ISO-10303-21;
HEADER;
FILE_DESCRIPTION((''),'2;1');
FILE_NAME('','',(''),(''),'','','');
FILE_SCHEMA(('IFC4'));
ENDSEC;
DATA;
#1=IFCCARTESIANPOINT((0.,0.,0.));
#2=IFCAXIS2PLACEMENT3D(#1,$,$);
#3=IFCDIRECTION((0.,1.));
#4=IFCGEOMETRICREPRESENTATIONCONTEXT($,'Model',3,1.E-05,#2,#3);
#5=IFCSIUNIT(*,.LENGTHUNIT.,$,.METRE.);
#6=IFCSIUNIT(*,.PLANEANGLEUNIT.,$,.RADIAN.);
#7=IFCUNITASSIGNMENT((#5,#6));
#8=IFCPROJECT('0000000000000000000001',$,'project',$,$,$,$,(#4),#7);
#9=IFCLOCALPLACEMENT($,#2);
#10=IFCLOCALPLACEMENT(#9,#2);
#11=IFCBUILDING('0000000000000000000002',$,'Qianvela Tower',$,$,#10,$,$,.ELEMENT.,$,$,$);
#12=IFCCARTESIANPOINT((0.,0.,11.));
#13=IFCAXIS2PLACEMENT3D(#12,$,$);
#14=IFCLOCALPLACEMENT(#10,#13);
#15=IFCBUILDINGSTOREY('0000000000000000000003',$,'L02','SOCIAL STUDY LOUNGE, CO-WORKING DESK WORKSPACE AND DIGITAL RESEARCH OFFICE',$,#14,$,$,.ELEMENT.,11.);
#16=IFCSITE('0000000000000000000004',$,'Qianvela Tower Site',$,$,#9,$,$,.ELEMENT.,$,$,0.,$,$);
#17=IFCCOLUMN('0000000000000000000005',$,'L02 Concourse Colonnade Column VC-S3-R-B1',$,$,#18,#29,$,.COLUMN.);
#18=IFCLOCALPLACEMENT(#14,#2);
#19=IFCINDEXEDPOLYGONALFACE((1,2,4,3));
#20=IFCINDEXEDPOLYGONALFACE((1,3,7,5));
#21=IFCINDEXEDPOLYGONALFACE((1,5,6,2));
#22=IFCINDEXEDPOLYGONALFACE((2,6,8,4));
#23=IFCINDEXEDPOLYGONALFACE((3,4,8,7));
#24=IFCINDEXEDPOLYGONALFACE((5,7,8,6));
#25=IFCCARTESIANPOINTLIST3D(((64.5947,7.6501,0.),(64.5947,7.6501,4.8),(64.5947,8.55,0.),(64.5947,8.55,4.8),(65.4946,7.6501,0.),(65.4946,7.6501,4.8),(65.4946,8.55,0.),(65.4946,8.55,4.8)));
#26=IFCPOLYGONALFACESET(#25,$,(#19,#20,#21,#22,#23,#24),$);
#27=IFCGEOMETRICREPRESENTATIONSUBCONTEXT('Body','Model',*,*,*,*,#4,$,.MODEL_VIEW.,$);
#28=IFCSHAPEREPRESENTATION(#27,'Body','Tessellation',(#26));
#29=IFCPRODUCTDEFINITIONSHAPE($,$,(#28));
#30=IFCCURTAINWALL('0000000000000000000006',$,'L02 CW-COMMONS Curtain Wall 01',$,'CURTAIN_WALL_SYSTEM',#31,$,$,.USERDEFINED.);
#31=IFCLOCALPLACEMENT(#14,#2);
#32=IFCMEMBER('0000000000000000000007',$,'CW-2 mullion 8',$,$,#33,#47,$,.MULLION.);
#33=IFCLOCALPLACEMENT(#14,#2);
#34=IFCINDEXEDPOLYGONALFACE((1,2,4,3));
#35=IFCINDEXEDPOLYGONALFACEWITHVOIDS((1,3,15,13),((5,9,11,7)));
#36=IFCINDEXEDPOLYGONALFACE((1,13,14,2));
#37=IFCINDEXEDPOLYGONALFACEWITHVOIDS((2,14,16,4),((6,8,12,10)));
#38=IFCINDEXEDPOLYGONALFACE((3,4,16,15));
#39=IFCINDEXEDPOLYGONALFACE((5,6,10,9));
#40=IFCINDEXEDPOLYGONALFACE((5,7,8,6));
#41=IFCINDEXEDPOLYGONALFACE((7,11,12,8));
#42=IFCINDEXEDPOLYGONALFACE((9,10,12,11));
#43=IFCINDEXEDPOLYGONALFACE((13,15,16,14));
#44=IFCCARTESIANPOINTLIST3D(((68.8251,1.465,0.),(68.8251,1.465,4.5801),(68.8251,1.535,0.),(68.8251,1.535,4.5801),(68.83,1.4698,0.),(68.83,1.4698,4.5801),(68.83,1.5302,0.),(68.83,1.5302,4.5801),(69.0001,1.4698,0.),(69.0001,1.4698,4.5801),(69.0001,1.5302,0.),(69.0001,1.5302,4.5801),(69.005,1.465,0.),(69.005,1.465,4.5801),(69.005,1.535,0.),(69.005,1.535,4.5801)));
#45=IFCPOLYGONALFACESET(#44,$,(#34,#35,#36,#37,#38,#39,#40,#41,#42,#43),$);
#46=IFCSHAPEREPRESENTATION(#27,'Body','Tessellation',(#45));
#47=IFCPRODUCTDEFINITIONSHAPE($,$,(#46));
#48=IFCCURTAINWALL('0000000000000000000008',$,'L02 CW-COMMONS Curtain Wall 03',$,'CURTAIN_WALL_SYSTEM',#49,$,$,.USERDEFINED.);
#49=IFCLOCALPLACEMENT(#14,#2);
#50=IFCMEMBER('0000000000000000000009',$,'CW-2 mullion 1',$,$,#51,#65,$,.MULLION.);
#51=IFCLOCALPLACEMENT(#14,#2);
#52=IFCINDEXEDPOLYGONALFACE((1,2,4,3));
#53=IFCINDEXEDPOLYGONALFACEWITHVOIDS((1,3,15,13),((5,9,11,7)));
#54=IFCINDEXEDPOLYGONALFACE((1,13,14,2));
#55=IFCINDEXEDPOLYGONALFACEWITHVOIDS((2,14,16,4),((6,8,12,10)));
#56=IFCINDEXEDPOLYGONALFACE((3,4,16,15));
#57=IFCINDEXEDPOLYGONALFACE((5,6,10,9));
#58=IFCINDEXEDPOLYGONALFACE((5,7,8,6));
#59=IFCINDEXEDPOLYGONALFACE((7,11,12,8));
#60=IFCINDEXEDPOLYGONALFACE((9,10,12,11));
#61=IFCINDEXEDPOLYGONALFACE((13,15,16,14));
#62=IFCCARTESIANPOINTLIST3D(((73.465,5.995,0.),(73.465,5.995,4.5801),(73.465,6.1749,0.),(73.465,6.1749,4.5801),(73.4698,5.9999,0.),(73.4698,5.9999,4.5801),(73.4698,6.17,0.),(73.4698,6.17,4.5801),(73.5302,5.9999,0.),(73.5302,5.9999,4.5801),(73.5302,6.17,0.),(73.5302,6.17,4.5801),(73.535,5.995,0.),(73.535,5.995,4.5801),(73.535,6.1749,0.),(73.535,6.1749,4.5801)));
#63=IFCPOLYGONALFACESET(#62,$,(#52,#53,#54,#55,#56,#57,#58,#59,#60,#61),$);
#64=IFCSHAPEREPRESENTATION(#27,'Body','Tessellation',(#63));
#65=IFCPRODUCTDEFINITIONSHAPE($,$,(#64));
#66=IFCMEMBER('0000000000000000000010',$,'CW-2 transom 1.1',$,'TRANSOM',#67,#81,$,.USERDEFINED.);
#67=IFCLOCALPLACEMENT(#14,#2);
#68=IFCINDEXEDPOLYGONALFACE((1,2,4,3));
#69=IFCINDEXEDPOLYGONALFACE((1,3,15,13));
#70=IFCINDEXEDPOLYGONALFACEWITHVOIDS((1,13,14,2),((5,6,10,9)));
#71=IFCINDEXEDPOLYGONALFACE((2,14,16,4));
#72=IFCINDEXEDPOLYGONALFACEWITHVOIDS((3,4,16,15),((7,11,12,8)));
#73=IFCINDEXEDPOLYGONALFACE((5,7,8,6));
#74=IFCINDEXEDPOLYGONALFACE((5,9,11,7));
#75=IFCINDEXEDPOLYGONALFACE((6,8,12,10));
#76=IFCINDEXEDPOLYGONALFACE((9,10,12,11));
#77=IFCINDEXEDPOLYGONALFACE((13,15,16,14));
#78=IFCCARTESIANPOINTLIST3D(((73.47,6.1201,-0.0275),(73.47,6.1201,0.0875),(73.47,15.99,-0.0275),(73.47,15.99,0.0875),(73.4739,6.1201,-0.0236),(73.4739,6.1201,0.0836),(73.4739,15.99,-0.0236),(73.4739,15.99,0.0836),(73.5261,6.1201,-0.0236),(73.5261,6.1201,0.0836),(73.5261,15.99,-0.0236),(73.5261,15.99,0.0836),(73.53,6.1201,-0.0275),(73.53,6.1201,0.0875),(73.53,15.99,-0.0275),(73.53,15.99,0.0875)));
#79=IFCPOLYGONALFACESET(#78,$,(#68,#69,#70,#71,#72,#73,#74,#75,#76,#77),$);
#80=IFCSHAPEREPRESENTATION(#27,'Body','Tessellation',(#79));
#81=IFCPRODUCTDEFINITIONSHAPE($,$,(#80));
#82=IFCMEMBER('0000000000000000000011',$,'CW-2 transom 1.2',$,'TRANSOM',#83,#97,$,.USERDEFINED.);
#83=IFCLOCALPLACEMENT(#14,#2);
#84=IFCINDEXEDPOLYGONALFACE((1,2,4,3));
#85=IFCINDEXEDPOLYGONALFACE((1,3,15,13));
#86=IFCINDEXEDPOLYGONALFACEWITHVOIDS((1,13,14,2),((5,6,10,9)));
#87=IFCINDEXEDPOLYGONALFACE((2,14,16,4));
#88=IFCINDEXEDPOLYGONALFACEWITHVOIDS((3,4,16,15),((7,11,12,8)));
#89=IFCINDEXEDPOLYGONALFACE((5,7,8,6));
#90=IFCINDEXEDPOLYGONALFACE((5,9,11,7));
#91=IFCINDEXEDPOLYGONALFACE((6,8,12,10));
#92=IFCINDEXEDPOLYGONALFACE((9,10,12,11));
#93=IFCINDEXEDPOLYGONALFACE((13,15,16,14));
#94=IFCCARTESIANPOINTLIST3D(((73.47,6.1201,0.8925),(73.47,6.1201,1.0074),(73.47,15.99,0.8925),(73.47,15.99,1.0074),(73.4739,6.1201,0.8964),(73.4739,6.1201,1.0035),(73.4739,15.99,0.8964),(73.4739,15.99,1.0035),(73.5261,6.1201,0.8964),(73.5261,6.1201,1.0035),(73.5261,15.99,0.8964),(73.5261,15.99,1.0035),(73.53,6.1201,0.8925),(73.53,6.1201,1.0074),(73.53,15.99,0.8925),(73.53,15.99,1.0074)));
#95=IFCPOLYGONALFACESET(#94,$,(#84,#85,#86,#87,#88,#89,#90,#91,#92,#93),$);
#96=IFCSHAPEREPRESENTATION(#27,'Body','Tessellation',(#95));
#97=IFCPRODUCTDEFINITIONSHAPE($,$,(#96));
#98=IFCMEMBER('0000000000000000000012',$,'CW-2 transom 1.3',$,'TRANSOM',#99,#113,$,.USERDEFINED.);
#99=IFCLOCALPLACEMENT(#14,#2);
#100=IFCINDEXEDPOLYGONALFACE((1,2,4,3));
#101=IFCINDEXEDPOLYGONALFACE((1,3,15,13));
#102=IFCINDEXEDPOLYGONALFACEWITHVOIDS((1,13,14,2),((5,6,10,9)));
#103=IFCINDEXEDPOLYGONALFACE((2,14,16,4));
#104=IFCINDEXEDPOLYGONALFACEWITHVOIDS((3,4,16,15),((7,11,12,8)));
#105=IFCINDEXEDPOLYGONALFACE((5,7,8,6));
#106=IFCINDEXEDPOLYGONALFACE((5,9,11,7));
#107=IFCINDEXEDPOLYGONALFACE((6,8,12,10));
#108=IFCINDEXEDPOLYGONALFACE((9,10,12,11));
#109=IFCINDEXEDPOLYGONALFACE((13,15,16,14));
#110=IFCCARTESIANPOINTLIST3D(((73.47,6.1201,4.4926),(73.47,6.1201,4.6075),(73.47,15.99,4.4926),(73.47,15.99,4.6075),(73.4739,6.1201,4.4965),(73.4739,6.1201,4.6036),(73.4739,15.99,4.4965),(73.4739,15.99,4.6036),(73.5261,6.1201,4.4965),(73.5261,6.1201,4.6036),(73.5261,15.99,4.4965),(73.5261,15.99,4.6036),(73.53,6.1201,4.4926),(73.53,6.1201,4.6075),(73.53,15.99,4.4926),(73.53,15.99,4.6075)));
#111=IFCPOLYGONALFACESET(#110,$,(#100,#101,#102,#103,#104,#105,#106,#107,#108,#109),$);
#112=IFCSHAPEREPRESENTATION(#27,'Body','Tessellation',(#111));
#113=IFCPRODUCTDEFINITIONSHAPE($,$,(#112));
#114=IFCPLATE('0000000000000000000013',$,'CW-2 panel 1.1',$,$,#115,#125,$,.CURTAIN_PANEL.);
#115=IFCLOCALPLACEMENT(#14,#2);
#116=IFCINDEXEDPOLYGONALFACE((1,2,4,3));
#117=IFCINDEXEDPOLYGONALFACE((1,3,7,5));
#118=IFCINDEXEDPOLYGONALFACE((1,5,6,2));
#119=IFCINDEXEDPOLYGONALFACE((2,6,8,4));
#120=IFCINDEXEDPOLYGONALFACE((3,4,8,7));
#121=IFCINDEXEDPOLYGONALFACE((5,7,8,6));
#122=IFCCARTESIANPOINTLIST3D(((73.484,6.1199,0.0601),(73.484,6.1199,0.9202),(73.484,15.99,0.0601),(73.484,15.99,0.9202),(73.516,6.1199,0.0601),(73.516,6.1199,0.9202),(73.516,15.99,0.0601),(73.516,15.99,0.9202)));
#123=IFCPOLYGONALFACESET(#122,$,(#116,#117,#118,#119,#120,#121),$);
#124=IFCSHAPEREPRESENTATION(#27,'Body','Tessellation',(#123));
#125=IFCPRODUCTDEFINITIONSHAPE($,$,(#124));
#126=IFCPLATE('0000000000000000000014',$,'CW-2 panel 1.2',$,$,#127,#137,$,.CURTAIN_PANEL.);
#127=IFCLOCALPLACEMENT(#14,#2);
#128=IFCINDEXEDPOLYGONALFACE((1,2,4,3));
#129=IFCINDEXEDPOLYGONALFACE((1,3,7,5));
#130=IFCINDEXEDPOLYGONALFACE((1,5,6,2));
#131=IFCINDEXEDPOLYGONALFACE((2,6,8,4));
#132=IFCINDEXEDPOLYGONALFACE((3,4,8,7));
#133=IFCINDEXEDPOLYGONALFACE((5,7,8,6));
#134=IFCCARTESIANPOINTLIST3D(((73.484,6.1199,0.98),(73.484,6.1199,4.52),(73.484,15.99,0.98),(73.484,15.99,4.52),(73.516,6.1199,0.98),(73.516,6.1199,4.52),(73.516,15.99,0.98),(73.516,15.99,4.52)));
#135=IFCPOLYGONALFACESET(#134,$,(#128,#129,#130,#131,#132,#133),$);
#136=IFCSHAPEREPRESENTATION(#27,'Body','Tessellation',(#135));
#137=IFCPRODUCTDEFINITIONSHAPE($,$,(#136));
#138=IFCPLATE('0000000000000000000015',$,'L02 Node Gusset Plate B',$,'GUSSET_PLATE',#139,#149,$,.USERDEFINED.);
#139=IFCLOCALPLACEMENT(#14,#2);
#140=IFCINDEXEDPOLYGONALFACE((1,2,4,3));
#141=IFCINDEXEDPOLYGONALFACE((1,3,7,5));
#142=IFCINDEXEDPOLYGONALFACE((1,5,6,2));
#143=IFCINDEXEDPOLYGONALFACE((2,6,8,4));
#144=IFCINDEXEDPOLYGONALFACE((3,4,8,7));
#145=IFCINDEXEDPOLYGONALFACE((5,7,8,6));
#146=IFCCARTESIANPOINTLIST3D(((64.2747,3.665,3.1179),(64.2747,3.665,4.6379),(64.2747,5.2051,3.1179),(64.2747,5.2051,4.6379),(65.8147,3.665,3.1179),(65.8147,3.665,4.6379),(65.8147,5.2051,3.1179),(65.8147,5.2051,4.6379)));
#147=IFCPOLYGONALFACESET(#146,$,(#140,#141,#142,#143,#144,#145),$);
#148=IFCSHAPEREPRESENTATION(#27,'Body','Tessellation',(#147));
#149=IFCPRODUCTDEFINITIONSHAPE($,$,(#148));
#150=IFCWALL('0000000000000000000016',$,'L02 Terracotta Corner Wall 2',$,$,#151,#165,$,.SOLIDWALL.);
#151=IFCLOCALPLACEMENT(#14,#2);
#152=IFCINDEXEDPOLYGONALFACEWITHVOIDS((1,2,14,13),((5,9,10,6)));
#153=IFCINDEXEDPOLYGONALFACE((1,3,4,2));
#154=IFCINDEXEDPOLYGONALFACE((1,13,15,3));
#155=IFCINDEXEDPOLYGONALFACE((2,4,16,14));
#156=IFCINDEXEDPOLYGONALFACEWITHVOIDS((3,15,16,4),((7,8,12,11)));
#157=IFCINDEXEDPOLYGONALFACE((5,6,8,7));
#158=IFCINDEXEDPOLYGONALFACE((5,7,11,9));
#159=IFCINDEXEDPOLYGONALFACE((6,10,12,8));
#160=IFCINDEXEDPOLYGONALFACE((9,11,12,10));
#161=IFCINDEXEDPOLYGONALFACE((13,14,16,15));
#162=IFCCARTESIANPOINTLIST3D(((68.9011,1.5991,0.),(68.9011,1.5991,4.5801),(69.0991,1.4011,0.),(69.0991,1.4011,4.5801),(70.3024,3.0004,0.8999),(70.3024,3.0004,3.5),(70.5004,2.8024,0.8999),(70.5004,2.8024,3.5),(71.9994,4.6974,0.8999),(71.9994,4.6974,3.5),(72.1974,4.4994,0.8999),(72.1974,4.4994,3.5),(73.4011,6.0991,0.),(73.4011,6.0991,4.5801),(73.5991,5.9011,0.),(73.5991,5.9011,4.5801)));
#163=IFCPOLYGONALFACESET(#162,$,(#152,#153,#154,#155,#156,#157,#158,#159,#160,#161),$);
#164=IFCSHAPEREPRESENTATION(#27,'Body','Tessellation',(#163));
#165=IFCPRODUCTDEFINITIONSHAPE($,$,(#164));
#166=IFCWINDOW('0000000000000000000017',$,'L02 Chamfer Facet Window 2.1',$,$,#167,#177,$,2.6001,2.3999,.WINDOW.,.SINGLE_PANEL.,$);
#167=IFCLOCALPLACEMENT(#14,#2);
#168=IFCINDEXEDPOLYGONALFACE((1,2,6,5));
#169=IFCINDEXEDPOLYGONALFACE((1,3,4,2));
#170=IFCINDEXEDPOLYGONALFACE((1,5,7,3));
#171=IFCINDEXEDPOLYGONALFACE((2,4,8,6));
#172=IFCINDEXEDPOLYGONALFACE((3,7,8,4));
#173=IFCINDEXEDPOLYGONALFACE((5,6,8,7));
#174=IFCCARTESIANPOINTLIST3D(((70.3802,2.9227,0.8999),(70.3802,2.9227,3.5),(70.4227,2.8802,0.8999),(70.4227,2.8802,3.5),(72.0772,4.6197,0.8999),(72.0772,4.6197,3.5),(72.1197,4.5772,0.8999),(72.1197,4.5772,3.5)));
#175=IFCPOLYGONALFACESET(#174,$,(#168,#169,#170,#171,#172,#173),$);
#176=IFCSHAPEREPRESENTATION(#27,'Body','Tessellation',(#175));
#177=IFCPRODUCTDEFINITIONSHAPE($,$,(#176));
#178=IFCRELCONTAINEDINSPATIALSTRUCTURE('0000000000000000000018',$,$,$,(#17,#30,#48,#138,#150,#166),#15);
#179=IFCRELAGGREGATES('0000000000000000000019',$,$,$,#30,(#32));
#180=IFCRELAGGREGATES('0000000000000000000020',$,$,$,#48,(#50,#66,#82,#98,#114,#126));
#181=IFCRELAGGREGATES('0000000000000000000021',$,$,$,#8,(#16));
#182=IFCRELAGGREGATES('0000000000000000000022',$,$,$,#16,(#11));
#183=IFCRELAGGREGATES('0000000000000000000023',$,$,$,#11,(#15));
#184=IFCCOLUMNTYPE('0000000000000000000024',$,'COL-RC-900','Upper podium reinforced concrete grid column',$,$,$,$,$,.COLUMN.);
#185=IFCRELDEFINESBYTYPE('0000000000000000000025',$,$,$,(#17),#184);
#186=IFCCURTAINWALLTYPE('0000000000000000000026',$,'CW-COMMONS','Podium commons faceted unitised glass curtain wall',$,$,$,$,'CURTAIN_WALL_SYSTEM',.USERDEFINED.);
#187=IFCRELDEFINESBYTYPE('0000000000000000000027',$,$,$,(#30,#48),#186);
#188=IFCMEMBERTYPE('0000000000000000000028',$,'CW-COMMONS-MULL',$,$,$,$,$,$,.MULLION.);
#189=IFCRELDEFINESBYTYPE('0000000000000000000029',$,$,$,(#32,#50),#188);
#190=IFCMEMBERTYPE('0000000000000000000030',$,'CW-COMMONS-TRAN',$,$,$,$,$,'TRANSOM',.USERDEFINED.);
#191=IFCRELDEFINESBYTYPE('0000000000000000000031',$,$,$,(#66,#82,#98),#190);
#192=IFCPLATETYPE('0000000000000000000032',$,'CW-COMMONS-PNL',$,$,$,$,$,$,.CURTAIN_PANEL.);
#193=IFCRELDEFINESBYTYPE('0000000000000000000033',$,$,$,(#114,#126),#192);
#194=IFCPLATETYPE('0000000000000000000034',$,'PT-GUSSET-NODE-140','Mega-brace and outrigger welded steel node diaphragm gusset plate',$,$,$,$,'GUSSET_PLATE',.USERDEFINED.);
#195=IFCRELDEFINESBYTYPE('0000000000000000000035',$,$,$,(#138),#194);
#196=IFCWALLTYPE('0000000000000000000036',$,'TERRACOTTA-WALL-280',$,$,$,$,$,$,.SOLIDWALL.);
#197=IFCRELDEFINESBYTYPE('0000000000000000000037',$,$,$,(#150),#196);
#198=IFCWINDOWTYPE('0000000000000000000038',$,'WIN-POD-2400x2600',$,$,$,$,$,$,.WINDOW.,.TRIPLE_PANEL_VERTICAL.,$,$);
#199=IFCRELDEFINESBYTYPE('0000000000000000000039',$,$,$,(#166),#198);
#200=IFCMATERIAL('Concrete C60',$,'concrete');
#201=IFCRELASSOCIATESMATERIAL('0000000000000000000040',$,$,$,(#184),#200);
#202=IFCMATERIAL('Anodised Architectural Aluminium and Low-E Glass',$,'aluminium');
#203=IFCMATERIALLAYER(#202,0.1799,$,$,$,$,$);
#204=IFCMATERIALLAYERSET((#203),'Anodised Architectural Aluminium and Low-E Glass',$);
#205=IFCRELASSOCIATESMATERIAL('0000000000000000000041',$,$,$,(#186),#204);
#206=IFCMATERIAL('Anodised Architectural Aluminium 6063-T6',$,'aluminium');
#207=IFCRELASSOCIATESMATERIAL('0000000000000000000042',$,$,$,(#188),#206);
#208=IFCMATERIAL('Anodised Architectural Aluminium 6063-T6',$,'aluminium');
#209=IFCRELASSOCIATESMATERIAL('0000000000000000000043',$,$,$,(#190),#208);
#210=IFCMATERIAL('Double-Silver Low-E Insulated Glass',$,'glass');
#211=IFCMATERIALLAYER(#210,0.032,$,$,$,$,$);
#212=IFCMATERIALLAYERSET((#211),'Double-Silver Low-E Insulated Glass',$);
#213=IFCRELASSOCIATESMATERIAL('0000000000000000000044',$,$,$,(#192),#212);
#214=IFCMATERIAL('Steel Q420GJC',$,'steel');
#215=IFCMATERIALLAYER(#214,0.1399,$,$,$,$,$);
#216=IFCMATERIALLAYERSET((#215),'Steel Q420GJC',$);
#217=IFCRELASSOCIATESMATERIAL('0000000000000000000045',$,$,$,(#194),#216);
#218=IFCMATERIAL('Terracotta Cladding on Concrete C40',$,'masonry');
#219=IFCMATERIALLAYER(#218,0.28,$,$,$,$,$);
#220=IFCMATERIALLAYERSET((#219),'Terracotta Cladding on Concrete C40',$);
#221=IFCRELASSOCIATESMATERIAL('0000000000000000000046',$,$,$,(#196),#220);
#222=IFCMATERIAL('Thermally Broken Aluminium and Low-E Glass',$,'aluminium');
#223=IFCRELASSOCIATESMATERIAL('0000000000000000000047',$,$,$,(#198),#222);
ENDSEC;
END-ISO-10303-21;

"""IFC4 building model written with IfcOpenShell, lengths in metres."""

from ifc_helpers import new_model, si_unit, direction, frame, frame_2d, origin, origin_2d, place, context, subcontext, project, spatial, rectangle, hollow_rectangle, extrude, material, layer, layer_set, material_profile, profile_set, type_object, element, fill, aggregate, save


model = new_model("IFC4")

# Units and contexts
model_context = context("Model", 3, precision=1e-05, world=origin(), true_north=direction((0.0, 1.0)))
body_context = subcontext(model_context, "Body", "Model", "MODEL_VIEW")
ifc_project = project(units=[si_unit("LENGTHUNIT", "METRE"), si_unit("PLANEANGLEUNIT", "RADIAN")], contexts=[model_context])

# Site, building, storey
site_placement = place(None, origin())
site = spatial("IfcSite", under=ifc_project, at=site_placement, Name="Qianvela Tower Site", CompositionType="ELEMENT", RefElevation=0.0)
building_placement = place(site_placement, origin())
building = spatial("IfcBuilding", under=site, at=building_placement, Name="Qianvela Tower", CompositionType="ELEMENT")
storey_placement = place(building_placement, frame((0.0, 0.0, 11.0)))
storey = spatial("IfcBuildingStorey", under=building, at=storey_placement, Name="L02", Description="SOCIAL STUDY LOUNGE, CO-WORKING DESK WORKSPACE AND DIGITAL RESEARCH OFFICE", CompositionType="ELEMENT", Elevation=11.0)

# Column
ifc_material_1 = material(Name="Concrete C60", Category="concrete")
ifc_material_profile_1 = material_profile(ifc_material_1, rectangle(XDim=0.8999, YDim=0.8999, at=origin_2d()), Name="RC-COL-900x900")
ifc_profile_set_1 = profile_set([ifc_material_profile_1], Name="Concrete C60")
column_type = type_object("IfcColumnType", Name="COL-RC-900", Description="Upper podium reinforced concrete grid column", PredefinedType="COLUMN", material=ifc_profile_set_1)
column_placement = place(storey_placement, frame((65.0447, 8.1001, 0.0), z_axis=(0.0, 0.0, 1.0), x_axis=(1.0, 0.0, 0.0)))
element("IfcColumn", 1, at=column_placement, inside=storey, type_object=column_type, Name="L02 Concourse Colonnade Column VC-S3-R-B1", PredefinedType="COLUMN", context=body_context, shape_type="SweptSolid", body=[
    extrude(rectangle(XDim=0.8999, YDim=0.8999, at=origin_2d()), origin(), (0.0, 0.0, 1.0), 4.8),
])

# Curtain wall, member
ifc_material_2 = material(Name="Anodised Architectural Aluminium and Low-E Glass", Category="aluminium")
ifc_layer_1 = layer(ifc_material_2, 0.1799)
ifc_layer_set_1 = layer_set([ifc_layer_1], Name="Anodised Architectural Aluminium and Low-E Glass")
curtain_wall_type = type_object("IfcCurtainWallType", Name="CW-COMMONS", Description="Podium commons faceted unitised glass curtain wall", ElementType="CURTAIN_WALL_SYSTEM", PredefinedType="USERDEFINED", material=ifc_layer_set_1)
curtain_wall_1_placement = place(storey_placement, origin())
curtain_wall_1 = element("IfcCurtainWall", 2, at=curtain_wall_1_placement, inside=storey, type_object=curtain_wall_type, Name="L02 CW-COMMONS Curtain Wall 01", ObjectType="CURTAIN_WALL_SYSTEM", PredefinedType="USERDEFINED")
ifc_material_3 = material(Name="Anodised Architectural Aluminium 6063-T6", Category="aluminium")
ifc_material_profile_2 = material_profile(ifc_material_3, hollow_rectangle(XDim=0.0701, YDim=0.1799, WallThickness=0.0049, at=origin_2d()), Name="ALU-MULL-70x180")
ifc_profile_set_2 = profile_set([ifc_material_profile_2], Name="Anodised Architectural Aluminium 6063-T6")
member_type_1 = type_object("IfcMemberType", Name="CW-COMMONS-MULL", PredefinedType="MULLION", material=ifc_profile_set_2)
member_1_placement = place(storey_placement, frame((68.915, 1.5, 0.0), z_axis=(0.0, 0.0, 1.0), x_axis=(0.0, 1.0, 0.0)))
member_1 = element("IfcMember", 3, at=member_1_placement, type_object=member_type_1, Name="CW-2 mullion 8", PredefinedType="MULLION", context=body_context, shape_type="SweptSolid", body=[
    extrude(hollow_rectangle(XDim=0.0701, YDim=0.1799, WallThickness=0.0049, at=origin_2d()), origin(), (0.0, 0.0, 1.0), 4.5801),
])
aggregate(curtain_wall_1, [member_1])

# Curtain wall, members, plates
curtain_wall_2_placement = place(storey_placement, origin())
curtain_wall_2 = element("IfcCurtainWall", 4, at=curtain_wall_2_placement, inside=storey, type_object=curtain_wall_type, Name="L02 CW-COMMONS Curtain Wall 03", ObjectType="CURTAIN_WALL_SYSTEM", PredefinedType="USERDEFINED")
member_2_placement = place(storey_placement, frame((73.5, 6.085, 0.0), z_axis=(0.0, 0.0, 1.0), x_axis=(-1.0, 0.0, 0.0)))
member_2 = element("IfcMember", 5, at=member_2_placement, type_object=member_type_1, Name="CW-2 mullion 1", PredefinedType="MULLION", context=body_context, shape_type="SweptSolid", body=[
    extrude(hollow_rectangle(XDim=0.0701, YDim=0.1799, WallThickness=0.0049, at=origin_2d()), origin(), (0.0, 0.0, 1.0), 4.5801),
])
ifc_material_4 = material(Name="Anodised Architectural Aluminium 6063-T6", Category="aluminium")
ifc_material_profile_3 = material_profile(ifc_material_4, hollow_rectangle(XDim=0.0601, YDim=0.115, WallThickness=0.0039, at=origin_2d()), Name="ALU-TRAN-60x115")
ifc_profile_set_3 = profile_set([ifc_material_profile_3], Name="Anodised Architectural Aluminium 6063-T6")
member_type_2 = type_object("IfcMemberType", Name="CW-COMMONS-TRAN", ElementType="TRANSOM", PredefinedType="USERDEFINED", material=ifc_profile_set_3)
member_3_placement = place(storey_placement, frame((73.5, 6.1201, 0.03), z_axis=(0.0, 1.0, 0.0), x_axis=(-1.0, 0.0, 0.0)))
member_3 = element("IfcMember", 6, at=member_3_placement, type_object=member_type_2, Name="CW-2 transom 1.1", ObjectType="TRANSOM", PredefinedType="USERDEFINED", context=body_context, shape_type="SweptSolid", body=[
    extrude(hollow_rectangle(XDim=0.0601, YDim=0.115, WallThickness=0.0039, at=origin_2d()), origin(), (0.0, 0.0, 1.0), 9.8699),
])
member_4_placement = place(storey_placement, frame((73.5, 6.1201, 0.95), z_axis=(0.0, 1.0, 0.0), x_axis=(-1.0, 0.0, 0.0)))
member_4 = element("IfcMember", 7, at=member_4_placement, type_object=member_type_2, Name="CW-2 transom 1.2", ObjectType="TRANSOM", PredefinedType="USERDEFINED", context=body_context, shape_type="SweptSolid", body=[
    extrude(hollow_rectangle(XDim=0.0601, YDim=0.115, WallThickness=0.0039, at=origin_2d()), origin(), (0.0, 0.0, 1.0), 9.8699),
])
member_5_placement = place(storey_placement, frame((73.5, 6.1201, 4.55), z_axis=(0.0, 1.0, 0.0), x_axis=(-1.0, 0.0, 0.0)))
member_5 = element("IfcMember", 8, at=member_5_placement, type_object=member_type_2, Name="CW-2 transom 1.3", ObjectType="TRANSOM", PredefinedType="USERDEFINED", context=body_context, shape_type="SweptSolid", body=[
    extrude(hollow_rectangle(XDim=0.0601, YDim=0.115, WallThickness=0.0039, at=origin_2d()), origin(), (0.0, 0.0, 1.0), 9.8699),
])
ifc_material_5 = material(Name="Double-Silver Low-E Insulated Glass", Category="glass")
ifc_layer_2 = layer(ifc_material_5, 0.032)
ifc_layer_set_2 = layer_set([ifc_layer_2], Name="Double-Silver Low-E Insulated Glass")
plate_type_1 = type_object("IfcPlateType", Name="CW-COMMONS-PNL", PredefinedType="CURTAIN_PANEL", material=ifc_layer_set_2)
plate_1_placement = place(storey_placement, frame((73.5, 11.0549, 0.0601), z_axis=(0.0, 0.0, 1.0), x_axis=(0.0, 1.0, 0.0)))
plate_1 = element("IfcPlate", 9, at=plate_1_placement, type_object=plate_type_1, Name="CW-2 panel 1.1", PredefinedType="CURTAIN_PANEL", context=body_context, shape_type="SweptSolid", body=[
    extrude(rectangle(XDim=9.8701, YDim=0.032, at=origin_2d()), origin(), (0.0, 0.0, 1.0), 0.8601),
])
plate_2_placement = place(storey_placement, frame((73.5, 11.0549, 0.98), z_axis=(0.0, 0.0, 1.0), x_axis=(0.0, 1.0, 0.0)))
plate_2 = element("IfcPlate", 10, at=plate_2_placement, type_object=plate_type_1, Name="CW-2 panel 1.2", PredefinedType="CURTAIN_PANEL", context=body_context, shape_type="SweptSolid", body=[
    extrude(rectangle(XDim=9.8701, YDim=0.032, at=origin_2d()), origin(), (0.0, 0.0, 1.0), 3.54),
])
aggregate(curtain_wall_2, [member_2, member_3, member_4, member_5, plate_1, plate_2])

# Plate
ifc_material_6 = material(Name="Steel Q420GJC", Category="steel")
ifc_layer_3 = layer(ifc_material_6, 0.1399)
ifc_layer_set_3 = layer_set([ifc_layer_3], Name="Steel Q420GJC")
plate_type_2 = type_object("IfcPlateType", Name="PT-GUSSET-NODE-140", Description="Mega-brace and outrigger welded steel node diaphragm gusset plate", ElementType="GUSSET_PLATE", PredefinedType="USERDEFINED", material=ifc_layer_set_3)
plate_3_placement = place(storey_placement, frame((65.0447, 4.4351, 3.1179), z_axis=(0.0, 0.0, 1.0), x_axis=(1.0, 0.0, 0.0)))
element("IfcPlate", 11, at=plate_3_placement, inside=storey, type_object=plate_type_2, Name="L02 Node Gusset Plate B", ObjectType="GUSSET_PLATE", PredefinedType="USERDEFINED", context=body_context, shape_type="SweptSolid", body=[
    extrude(rectangle(XDim=1.54, YDim=1.54, at=origin_2d()), origin(), (0.0, 0.0, 1.0), 1.52),
])

# Wall, opening, window
ifc_material_7 = material(Name="Terracotta Cladding on Concrete C40", Category="masonry")
ifc_layer_4 = layer(ifc_material_7, 0.28)
ifc_layer_set_4 = layer_set([ifc_layer_4], Name="Terracotta Cladding on Concrete C40")
wall_type_1 = type_object("IfcWallType", Name="TERRACOTTA-WALL-280", PredefinedType="SOLIDWALL", material=ifc_layer_set_4)
wall_1_placement = place(storey_placement, frame((69.0, 1.5, 0.0), z_axis=(0.0, 0.0, 1.0), x_axis=(0.707107, 0.707107, 0.0)))
wall_1 = element("IfcWall", 12, at=wall_1_placement, inside=storey, type_object=wall_type_1, Name="L02 Terracotta Corner Wall 2", PredefinedType="SOLIDWALL", context=body_context, shape_type="SweptSolid", body=[
    extrude(rectangle(XDim=6.364, YDim=0.28, at=frame_2d((3.1821, 0.0))), origin(), (0.0, 0.0, 1.0), 4.5801),
])
opening_1_placement = place(wall_1_placement, frame((1.9819, 0.0, 0.8999)))
opening_1 = element("IfcOpeningElement", 13, at=opening_1_placement, cuts=wall_1, PredefinedType="OPENING", context=body_context, shape_type="SweptSolid", body=[
    extrude(rectangle(XDim=2.3999, YDim=2.6001, at=frame_2d((1.2, 1.3))), frame((0.0, 0.1499, 0.0), z_axis=(0.0, -1.0, 0.0), x_axis=(1.0, 0.0, 0.0)), (0.0, 0.0, 1.0), 0.3),
])
ifc_material_8 = material(Name="Thermally Broken Aluminium and Low-E Glass", Category="aluminium")
window_type = type_object("IfcWindowType", Name="WIN-POD-2400x2600", PartitioningType="TRIPLE_PANEL_VERTICAL", PredefinedType="WINDOW", material=ifc_material_8)
window_placement = place(opening_1_placement, origin())
window = element("IfcWindow", 14, at=window_placement, inside=storey, type_object=window_type, Name="L02 Chamfer Facet Window 2.1", OverallHeight=2.6001, OverallWidth=2.3999, PartitioningType="SINGLE_PANEL", PredefinedType="WINDOW", context=body_context, shape_type="SweptSolid", body=[
    extrude(rectangle(XDim=2.3999, YDim=2.6001, at=frame_2d((1.2, 1.3))), frame((0.0, 0.03, 0.0), z_axis=(0.0, -1.0, 0.0), x_axis=(1.0, 0.0, 0.0)), (0.0, 0.0, 1.0), 0.0601),
])
fill(opening_1, window)

save(model, "model.ifc")
